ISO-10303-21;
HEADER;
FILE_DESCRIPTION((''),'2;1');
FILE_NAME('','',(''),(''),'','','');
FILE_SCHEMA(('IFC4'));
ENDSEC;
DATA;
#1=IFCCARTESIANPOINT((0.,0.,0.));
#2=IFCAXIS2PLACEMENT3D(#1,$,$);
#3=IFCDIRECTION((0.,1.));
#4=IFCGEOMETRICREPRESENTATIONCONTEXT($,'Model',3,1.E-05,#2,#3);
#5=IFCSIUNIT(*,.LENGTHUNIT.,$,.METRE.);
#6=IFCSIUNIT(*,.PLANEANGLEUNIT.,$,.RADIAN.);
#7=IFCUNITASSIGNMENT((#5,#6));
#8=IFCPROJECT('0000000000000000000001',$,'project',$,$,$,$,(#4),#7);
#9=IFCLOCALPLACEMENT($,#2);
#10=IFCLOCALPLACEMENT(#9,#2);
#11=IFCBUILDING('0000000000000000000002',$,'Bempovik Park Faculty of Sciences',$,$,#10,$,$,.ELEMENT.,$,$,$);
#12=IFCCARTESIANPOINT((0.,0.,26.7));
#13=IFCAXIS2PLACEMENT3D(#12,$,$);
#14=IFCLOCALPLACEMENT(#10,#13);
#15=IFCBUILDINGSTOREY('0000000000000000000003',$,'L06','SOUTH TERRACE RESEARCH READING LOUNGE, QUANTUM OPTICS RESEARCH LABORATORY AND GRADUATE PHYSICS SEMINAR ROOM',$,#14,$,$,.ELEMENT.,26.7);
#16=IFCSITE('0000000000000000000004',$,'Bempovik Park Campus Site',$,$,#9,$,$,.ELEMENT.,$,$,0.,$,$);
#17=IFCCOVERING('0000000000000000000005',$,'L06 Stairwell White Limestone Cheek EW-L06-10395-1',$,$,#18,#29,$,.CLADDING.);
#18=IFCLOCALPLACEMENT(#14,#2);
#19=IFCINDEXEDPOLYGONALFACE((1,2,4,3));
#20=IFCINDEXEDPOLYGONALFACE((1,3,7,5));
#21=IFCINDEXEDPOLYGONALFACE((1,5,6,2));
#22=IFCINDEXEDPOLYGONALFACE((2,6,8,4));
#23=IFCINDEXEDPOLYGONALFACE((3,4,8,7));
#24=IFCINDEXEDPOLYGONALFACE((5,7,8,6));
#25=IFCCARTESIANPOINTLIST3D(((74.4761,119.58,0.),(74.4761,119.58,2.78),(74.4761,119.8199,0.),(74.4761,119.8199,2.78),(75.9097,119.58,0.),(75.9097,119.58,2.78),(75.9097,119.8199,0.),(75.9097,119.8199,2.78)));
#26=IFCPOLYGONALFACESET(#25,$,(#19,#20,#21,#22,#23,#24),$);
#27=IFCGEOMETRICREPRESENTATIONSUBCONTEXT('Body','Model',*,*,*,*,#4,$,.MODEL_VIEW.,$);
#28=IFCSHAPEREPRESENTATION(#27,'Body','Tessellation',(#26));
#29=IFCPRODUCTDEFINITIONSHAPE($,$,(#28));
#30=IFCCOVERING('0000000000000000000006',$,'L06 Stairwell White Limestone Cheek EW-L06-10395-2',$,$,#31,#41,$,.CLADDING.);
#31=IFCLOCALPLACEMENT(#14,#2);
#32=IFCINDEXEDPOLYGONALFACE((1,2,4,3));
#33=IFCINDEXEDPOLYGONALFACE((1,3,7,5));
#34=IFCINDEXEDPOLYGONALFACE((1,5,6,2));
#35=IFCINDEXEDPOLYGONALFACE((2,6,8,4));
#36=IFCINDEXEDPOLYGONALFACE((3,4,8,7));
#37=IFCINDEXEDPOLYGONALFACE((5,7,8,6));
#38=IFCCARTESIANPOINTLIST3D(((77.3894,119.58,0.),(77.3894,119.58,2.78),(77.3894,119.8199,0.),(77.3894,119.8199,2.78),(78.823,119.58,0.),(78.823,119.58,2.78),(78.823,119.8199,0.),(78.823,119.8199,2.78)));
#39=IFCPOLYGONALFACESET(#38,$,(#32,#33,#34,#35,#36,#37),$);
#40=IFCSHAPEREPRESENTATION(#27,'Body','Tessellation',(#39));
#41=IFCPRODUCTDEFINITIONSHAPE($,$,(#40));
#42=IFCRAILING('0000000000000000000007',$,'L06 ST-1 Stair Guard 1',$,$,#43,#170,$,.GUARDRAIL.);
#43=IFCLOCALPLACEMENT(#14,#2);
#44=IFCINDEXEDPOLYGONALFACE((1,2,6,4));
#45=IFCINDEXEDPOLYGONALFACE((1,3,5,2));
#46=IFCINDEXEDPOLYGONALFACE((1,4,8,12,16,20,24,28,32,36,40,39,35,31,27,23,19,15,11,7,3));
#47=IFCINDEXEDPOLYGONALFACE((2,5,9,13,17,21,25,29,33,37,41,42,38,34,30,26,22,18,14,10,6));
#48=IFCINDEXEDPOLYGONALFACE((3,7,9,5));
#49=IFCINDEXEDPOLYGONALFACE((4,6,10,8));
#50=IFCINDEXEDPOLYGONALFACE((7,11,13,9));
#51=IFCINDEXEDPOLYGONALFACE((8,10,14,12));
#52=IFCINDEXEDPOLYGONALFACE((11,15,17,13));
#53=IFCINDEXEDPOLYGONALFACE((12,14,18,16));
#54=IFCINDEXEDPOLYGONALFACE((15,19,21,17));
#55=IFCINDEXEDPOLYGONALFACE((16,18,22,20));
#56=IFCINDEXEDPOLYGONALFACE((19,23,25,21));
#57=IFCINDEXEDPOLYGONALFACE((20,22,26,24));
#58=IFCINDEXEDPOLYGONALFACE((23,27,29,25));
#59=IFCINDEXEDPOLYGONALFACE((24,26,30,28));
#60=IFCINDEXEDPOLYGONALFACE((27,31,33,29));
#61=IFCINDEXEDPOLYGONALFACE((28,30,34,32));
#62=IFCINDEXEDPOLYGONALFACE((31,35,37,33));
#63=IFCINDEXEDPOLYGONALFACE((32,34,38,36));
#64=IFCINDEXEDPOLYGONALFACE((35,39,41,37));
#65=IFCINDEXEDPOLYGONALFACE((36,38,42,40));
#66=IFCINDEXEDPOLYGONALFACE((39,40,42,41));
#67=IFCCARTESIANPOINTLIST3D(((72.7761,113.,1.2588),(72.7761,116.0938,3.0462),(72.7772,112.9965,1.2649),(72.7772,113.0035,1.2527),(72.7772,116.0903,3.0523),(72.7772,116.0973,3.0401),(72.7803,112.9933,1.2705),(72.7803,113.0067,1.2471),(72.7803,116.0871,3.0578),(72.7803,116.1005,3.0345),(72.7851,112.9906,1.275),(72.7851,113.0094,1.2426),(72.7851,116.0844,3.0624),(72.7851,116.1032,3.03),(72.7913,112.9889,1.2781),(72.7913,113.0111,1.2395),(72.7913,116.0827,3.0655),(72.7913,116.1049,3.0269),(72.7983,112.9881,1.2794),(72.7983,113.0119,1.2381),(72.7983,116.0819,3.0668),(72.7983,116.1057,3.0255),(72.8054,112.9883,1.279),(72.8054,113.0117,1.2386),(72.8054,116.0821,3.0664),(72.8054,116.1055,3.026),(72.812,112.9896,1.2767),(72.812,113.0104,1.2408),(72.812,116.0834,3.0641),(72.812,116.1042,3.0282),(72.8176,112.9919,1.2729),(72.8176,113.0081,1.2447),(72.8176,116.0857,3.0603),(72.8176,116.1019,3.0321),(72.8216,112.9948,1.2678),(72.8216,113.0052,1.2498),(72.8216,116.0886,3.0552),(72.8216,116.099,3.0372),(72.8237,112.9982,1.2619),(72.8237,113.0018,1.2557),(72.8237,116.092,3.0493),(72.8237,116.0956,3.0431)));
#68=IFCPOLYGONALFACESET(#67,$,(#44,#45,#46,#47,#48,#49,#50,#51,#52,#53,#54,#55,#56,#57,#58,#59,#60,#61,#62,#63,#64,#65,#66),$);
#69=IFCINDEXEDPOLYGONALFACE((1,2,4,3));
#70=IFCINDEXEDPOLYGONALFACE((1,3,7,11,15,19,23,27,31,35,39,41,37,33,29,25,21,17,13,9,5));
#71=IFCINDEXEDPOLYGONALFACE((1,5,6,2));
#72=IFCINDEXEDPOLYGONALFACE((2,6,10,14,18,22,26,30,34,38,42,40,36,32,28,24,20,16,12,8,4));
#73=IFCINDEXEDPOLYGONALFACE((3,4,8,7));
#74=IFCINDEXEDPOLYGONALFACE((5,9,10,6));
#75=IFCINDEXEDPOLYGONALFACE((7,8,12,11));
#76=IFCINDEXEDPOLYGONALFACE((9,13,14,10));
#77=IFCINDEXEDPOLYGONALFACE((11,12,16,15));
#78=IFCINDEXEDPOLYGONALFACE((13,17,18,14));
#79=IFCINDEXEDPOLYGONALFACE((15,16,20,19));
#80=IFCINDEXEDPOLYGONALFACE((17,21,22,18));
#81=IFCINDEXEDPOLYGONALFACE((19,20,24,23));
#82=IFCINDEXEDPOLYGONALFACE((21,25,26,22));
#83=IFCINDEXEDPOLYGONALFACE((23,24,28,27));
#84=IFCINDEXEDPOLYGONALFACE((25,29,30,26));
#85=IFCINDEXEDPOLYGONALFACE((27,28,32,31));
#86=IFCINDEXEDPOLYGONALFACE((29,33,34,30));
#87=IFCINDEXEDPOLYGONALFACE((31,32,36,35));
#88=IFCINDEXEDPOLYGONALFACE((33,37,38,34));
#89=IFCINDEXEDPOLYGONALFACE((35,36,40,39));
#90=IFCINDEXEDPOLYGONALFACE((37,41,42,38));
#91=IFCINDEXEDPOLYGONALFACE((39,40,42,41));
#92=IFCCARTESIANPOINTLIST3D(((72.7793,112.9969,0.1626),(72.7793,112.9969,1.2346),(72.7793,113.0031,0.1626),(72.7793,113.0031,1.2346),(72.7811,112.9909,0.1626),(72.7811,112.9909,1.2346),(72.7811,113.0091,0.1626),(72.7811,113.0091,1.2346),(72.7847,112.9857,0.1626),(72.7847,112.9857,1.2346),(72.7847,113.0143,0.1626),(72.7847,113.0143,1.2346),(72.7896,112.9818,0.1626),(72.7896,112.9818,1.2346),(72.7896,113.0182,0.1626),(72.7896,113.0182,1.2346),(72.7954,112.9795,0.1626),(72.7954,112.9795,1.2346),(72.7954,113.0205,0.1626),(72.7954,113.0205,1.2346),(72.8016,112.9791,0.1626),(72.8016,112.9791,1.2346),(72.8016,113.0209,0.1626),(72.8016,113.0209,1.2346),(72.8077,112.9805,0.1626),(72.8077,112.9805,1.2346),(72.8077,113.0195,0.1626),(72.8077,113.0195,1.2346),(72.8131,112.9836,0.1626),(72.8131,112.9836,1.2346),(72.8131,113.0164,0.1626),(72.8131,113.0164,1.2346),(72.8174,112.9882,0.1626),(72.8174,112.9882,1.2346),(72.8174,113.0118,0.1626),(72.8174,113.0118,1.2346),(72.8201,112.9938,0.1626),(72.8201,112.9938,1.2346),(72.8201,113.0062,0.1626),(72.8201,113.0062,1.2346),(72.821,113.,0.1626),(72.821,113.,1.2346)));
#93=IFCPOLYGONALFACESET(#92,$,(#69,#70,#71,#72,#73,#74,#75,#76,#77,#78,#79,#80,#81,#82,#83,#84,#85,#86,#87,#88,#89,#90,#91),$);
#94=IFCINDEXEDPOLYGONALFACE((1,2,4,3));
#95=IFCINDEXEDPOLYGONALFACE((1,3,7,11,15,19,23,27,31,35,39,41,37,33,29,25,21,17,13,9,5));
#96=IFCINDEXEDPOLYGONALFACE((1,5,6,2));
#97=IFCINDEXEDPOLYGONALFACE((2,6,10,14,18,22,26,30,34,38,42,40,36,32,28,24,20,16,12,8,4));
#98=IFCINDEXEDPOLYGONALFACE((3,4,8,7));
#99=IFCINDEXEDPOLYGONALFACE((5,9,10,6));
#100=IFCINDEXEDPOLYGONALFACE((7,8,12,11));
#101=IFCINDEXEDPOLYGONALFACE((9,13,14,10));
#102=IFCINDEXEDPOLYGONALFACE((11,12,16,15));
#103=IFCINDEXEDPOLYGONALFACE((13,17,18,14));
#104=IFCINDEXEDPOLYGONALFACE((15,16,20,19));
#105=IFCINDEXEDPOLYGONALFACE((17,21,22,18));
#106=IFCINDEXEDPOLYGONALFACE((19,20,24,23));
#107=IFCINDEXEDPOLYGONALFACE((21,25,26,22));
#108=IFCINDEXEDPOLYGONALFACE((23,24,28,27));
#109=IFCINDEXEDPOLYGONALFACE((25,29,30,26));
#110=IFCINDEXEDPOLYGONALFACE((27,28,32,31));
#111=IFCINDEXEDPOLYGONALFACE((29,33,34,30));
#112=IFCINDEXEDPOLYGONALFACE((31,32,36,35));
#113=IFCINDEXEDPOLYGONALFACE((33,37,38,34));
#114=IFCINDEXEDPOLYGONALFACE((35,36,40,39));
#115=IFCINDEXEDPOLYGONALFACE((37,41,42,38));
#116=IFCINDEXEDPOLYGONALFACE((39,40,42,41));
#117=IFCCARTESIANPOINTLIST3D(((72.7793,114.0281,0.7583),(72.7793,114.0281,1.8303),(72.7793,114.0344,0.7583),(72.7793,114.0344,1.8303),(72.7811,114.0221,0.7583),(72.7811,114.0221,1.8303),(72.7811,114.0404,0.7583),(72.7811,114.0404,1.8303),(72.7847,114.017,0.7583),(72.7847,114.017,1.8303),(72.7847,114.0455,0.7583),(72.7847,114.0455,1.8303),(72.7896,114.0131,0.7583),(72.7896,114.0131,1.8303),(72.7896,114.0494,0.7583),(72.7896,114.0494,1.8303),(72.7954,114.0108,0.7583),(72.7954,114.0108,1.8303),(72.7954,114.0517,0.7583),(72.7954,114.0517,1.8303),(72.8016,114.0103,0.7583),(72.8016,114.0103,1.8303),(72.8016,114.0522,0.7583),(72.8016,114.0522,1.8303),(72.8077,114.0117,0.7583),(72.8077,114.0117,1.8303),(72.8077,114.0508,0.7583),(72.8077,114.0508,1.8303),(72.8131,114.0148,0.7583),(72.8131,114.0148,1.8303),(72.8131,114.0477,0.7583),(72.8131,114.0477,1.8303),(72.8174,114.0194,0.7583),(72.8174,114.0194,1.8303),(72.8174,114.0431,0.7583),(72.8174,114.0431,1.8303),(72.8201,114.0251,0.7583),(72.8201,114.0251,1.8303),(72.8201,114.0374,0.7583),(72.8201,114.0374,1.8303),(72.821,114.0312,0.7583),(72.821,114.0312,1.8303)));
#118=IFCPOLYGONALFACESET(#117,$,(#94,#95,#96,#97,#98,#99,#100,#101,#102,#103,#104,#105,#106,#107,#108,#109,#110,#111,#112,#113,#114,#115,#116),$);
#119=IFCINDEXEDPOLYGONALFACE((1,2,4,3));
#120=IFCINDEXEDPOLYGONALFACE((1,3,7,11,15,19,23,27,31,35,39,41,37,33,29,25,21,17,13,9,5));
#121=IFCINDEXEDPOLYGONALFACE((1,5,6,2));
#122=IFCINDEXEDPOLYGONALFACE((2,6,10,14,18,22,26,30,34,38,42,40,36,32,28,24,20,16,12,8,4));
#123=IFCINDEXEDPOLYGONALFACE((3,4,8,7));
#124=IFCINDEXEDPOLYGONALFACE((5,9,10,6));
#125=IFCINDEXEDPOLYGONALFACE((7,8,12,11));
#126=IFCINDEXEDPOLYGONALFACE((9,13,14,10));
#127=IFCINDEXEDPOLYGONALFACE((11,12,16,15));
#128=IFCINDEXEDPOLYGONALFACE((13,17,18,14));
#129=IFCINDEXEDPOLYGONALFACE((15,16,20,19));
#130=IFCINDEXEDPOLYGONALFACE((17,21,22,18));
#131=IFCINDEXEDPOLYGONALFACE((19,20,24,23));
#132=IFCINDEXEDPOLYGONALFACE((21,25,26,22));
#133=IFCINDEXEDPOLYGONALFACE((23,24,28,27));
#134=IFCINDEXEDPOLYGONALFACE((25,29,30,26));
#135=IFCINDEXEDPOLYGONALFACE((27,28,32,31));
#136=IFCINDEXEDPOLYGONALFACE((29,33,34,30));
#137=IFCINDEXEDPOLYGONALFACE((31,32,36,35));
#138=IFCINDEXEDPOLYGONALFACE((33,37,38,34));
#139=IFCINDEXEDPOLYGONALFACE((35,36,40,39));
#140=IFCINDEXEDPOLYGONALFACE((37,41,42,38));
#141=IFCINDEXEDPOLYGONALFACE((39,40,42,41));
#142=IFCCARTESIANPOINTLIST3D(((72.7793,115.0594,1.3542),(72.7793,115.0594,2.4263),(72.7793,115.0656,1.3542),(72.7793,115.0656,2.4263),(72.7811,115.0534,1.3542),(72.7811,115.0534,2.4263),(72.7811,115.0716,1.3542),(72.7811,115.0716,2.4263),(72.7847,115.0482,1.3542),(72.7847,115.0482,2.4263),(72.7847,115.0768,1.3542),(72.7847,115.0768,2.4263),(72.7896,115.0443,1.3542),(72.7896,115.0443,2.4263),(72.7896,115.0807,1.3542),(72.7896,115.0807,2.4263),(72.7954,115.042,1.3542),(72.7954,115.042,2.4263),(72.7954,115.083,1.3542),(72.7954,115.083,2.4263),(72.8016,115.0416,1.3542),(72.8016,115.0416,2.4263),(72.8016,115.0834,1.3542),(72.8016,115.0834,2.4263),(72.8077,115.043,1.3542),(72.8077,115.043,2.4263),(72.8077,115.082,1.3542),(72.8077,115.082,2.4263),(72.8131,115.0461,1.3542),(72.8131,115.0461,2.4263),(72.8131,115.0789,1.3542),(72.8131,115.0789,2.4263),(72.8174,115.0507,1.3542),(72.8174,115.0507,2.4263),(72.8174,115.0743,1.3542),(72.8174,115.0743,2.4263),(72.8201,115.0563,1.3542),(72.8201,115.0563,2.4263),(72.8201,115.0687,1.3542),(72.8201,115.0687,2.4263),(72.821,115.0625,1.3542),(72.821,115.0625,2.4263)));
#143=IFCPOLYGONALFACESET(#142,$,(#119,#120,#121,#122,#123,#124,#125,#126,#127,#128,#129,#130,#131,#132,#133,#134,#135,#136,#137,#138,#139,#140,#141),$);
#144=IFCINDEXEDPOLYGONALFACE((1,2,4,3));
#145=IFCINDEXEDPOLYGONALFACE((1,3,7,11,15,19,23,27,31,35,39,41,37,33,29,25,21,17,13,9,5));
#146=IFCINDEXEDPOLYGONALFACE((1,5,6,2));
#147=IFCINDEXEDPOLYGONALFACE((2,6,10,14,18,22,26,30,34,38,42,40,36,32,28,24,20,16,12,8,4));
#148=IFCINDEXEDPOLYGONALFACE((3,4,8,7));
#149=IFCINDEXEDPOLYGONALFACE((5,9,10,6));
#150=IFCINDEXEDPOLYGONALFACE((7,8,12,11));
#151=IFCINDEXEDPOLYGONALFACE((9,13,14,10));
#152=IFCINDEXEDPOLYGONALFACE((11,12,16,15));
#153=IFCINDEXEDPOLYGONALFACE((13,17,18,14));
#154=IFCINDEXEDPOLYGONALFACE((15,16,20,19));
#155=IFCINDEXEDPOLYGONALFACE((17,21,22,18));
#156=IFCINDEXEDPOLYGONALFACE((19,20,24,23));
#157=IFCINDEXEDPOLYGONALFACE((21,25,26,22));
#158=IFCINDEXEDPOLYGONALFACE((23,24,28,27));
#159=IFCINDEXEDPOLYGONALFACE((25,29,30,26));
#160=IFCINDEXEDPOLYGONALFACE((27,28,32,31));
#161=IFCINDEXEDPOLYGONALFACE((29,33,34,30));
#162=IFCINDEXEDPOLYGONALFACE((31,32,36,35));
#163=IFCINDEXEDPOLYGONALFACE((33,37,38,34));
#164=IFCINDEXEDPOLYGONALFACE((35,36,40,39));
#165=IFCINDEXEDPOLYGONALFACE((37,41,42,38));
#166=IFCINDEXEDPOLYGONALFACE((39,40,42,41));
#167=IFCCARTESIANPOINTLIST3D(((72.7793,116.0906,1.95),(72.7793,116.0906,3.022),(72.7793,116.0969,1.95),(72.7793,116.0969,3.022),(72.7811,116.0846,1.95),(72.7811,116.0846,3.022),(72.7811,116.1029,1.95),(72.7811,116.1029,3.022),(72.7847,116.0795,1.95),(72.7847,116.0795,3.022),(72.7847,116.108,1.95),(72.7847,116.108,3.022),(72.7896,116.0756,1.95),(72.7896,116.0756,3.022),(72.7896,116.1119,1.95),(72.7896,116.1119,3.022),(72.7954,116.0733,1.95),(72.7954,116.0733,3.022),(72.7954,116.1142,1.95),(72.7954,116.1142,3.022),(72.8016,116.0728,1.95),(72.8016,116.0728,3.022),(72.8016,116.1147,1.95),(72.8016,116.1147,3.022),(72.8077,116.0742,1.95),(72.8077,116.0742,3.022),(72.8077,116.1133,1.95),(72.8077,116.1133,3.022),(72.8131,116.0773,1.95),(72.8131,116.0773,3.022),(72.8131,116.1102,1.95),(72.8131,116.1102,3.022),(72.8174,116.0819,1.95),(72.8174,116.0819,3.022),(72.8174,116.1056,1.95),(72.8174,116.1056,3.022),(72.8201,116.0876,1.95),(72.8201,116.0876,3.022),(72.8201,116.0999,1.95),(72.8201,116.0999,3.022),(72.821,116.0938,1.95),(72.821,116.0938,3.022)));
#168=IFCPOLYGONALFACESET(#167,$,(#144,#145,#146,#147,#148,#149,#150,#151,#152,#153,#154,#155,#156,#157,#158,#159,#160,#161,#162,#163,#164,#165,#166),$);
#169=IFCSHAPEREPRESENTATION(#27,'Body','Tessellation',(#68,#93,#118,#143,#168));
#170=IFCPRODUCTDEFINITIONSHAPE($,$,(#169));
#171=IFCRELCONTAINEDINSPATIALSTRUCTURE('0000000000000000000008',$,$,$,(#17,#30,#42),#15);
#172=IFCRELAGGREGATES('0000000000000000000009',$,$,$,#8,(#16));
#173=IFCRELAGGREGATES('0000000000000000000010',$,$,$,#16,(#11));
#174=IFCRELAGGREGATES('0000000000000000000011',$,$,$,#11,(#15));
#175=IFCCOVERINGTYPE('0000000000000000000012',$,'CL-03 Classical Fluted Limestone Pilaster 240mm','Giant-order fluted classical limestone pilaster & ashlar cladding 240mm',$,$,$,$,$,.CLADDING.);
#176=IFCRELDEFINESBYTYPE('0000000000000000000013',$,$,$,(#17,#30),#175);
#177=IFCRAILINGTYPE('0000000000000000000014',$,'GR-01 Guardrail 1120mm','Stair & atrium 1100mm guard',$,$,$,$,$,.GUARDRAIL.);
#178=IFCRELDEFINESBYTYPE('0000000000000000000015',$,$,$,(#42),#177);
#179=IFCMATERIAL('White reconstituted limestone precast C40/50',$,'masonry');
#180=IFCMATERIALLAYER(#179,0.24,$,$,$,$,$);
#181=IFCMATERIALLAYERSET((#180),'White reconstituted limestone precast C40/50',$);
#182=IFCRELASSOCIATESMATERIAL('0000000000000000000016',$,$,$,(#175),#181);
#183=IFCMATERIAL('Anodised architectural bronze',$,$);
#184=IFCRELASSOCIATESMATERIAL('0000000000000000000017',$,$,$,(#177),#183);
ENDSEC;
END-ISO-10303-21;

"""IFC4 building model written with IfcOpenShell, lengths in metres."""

from ifc_helpers import new_model, si_unit, direction, frame, origin, origin_2d, place, context, subcontext, project, spatial, rectangle, circle, extrude, material, layer, layer_set, type_object, element, save


model = new_model("IFC4")

# Units and contexts
model_context = context("Model", 3, precision=1e-05, world=origin(), true_north=direction((0.0, 1.0)))
body_context = subcontext(model_context, "Body", "Model", "MODEL_VIEW")
ifc_project = project(units=[si_unit("LENGTHUNIT", "METRE"), si_unit("PLANEANGLEUNIT", "RADIAN")], contexts=[model_context])

# Site, building, storey
site_placement = place(None, origin())
site = spatial("IfcSite", under=ifc_project, at=site_placement, Name="Bempovik Park Campus Site", CompositionType="ELEMENT", RefElevation=0.0)
building_placement = place(site_placement, origin())
building = spatial("IfcBuilding", under=site, at=building_placement, Name="Bempovik Park Faculty of Sciences", CompositionType="ELEMENT")
storey_placement = place(building_placement, frame((0.0, 0.0, 26.7)))
storey = spatial("IfcBuildingStorey", under=building, at=storey_placement, Name="L06", Description="SOUTH TERRACE RESEARCH READING LOUNGE, QUANTUM OPTICS RESEARCH LABORATORY AND GRADUATE PHYSICS SEMINAR ROOM", CompositionType="ELEMENT", Elevation=26.7)

# Coverings
ifc_material_1 = material(Name="White reconstituted limestone precast C40/50", Category="masonry")
ifc_layer_1 = layer(ifc_material_1, 0.24)
ifc_layer_set_1 = layer_set([ifc_layer_1], Name="White reconstituted limestone precast C40/50")
covering_type = type_object("IfcCoveringType", Name="CL-03 Classical Fluted Limestone Pilaster 240mm", Description="Giant-order fluted classical limestone pilaster & ashlar cladding 240mm", PredefinedType="CLADDING", material=ifc_layer_set_1)
for number, where, z_axis, x_axis, name in (
    (1, (75.1929, 119.7, 0.0), (0.0, 0.0, 1.0), (1.0, 0.0, 0.0), "L06 Stairwell White Limestone Cheek EW-L06-10395-1"),
    (2, (78.1062, 119.7, 0.0), (0.0, 0.0, 1.0), (1.0, 0.0, 0.0), "L06 Stairwell White Limestone Cheek EW-L06-10395-2"),
):
    element("IfcCovering", number, at=place(storey_placement, frame(where, z_axis=z_axis, x_axis=x_axis)), inside=storey, type_object=covering_type, Name=name, PredefinedType="CLADDING", context=body_context, shape_type="SweptSolid", body=[
        extrude(rectangle(XDim=1.4336, YDim=0.24, at=origin_2d()), origin(), (0.0, 0.0, 1.0), 2.78),
    ])

# Railing
ifc_material_2 = material(Name="Anodised architectural bronze")
railing_type_1 = type_object("IfcRailingType", Name="GR-01 Guardrail 1120mm", Description="Stair & atrium 1100mm guard", PredefinedType="GUARDRAIL", material=ifc_material_2)
railing_1_placement = place(storey_placement, frame((72.8, 113.0, 0.1626)))
element("IfcRailing", 3, at=railing_1_placement, inside=storey, type_object=railing_type_1, Name="L06 ST-1 Stair Guard 1", PredefinedType="GUARDRAIL", context=body_context, shape_type="SweptSolid", body=[
    extrude(circle(Radius=0.0239, at=origin_2d()), frame((0.0, 0.0, 1.0962), z_axis=(0.0, 0.865883, 0.500247), x_axis=(-1.0, 0.0, 0.0)), (0.0, 0.0, 1.0), 3.573),
    extrude(circle(Radius=0.021, at=origin_2d()), origin(), (0.0, 0.0, 1.0), 1.072),
    extrude(circle(Radius=0.021, at=origin_2d()), frame((0.0, 1.0312, 0.5957)), (0.0, 0.0, 1.0), 1.072),
    extrude(circle(Radius=0.021, at=origin_2d()), frame((0.0, 2.0625, 1.1917)), (0.0, 0.0, 1.0), 1.072),
    extrude(circle(Radius=0.021, at=origin_2d()), frame((0.0, 3.0938, 1.7874)), (0.0, 0.0, 1.0), 1.072),
])

save(model, "model.ifc")
